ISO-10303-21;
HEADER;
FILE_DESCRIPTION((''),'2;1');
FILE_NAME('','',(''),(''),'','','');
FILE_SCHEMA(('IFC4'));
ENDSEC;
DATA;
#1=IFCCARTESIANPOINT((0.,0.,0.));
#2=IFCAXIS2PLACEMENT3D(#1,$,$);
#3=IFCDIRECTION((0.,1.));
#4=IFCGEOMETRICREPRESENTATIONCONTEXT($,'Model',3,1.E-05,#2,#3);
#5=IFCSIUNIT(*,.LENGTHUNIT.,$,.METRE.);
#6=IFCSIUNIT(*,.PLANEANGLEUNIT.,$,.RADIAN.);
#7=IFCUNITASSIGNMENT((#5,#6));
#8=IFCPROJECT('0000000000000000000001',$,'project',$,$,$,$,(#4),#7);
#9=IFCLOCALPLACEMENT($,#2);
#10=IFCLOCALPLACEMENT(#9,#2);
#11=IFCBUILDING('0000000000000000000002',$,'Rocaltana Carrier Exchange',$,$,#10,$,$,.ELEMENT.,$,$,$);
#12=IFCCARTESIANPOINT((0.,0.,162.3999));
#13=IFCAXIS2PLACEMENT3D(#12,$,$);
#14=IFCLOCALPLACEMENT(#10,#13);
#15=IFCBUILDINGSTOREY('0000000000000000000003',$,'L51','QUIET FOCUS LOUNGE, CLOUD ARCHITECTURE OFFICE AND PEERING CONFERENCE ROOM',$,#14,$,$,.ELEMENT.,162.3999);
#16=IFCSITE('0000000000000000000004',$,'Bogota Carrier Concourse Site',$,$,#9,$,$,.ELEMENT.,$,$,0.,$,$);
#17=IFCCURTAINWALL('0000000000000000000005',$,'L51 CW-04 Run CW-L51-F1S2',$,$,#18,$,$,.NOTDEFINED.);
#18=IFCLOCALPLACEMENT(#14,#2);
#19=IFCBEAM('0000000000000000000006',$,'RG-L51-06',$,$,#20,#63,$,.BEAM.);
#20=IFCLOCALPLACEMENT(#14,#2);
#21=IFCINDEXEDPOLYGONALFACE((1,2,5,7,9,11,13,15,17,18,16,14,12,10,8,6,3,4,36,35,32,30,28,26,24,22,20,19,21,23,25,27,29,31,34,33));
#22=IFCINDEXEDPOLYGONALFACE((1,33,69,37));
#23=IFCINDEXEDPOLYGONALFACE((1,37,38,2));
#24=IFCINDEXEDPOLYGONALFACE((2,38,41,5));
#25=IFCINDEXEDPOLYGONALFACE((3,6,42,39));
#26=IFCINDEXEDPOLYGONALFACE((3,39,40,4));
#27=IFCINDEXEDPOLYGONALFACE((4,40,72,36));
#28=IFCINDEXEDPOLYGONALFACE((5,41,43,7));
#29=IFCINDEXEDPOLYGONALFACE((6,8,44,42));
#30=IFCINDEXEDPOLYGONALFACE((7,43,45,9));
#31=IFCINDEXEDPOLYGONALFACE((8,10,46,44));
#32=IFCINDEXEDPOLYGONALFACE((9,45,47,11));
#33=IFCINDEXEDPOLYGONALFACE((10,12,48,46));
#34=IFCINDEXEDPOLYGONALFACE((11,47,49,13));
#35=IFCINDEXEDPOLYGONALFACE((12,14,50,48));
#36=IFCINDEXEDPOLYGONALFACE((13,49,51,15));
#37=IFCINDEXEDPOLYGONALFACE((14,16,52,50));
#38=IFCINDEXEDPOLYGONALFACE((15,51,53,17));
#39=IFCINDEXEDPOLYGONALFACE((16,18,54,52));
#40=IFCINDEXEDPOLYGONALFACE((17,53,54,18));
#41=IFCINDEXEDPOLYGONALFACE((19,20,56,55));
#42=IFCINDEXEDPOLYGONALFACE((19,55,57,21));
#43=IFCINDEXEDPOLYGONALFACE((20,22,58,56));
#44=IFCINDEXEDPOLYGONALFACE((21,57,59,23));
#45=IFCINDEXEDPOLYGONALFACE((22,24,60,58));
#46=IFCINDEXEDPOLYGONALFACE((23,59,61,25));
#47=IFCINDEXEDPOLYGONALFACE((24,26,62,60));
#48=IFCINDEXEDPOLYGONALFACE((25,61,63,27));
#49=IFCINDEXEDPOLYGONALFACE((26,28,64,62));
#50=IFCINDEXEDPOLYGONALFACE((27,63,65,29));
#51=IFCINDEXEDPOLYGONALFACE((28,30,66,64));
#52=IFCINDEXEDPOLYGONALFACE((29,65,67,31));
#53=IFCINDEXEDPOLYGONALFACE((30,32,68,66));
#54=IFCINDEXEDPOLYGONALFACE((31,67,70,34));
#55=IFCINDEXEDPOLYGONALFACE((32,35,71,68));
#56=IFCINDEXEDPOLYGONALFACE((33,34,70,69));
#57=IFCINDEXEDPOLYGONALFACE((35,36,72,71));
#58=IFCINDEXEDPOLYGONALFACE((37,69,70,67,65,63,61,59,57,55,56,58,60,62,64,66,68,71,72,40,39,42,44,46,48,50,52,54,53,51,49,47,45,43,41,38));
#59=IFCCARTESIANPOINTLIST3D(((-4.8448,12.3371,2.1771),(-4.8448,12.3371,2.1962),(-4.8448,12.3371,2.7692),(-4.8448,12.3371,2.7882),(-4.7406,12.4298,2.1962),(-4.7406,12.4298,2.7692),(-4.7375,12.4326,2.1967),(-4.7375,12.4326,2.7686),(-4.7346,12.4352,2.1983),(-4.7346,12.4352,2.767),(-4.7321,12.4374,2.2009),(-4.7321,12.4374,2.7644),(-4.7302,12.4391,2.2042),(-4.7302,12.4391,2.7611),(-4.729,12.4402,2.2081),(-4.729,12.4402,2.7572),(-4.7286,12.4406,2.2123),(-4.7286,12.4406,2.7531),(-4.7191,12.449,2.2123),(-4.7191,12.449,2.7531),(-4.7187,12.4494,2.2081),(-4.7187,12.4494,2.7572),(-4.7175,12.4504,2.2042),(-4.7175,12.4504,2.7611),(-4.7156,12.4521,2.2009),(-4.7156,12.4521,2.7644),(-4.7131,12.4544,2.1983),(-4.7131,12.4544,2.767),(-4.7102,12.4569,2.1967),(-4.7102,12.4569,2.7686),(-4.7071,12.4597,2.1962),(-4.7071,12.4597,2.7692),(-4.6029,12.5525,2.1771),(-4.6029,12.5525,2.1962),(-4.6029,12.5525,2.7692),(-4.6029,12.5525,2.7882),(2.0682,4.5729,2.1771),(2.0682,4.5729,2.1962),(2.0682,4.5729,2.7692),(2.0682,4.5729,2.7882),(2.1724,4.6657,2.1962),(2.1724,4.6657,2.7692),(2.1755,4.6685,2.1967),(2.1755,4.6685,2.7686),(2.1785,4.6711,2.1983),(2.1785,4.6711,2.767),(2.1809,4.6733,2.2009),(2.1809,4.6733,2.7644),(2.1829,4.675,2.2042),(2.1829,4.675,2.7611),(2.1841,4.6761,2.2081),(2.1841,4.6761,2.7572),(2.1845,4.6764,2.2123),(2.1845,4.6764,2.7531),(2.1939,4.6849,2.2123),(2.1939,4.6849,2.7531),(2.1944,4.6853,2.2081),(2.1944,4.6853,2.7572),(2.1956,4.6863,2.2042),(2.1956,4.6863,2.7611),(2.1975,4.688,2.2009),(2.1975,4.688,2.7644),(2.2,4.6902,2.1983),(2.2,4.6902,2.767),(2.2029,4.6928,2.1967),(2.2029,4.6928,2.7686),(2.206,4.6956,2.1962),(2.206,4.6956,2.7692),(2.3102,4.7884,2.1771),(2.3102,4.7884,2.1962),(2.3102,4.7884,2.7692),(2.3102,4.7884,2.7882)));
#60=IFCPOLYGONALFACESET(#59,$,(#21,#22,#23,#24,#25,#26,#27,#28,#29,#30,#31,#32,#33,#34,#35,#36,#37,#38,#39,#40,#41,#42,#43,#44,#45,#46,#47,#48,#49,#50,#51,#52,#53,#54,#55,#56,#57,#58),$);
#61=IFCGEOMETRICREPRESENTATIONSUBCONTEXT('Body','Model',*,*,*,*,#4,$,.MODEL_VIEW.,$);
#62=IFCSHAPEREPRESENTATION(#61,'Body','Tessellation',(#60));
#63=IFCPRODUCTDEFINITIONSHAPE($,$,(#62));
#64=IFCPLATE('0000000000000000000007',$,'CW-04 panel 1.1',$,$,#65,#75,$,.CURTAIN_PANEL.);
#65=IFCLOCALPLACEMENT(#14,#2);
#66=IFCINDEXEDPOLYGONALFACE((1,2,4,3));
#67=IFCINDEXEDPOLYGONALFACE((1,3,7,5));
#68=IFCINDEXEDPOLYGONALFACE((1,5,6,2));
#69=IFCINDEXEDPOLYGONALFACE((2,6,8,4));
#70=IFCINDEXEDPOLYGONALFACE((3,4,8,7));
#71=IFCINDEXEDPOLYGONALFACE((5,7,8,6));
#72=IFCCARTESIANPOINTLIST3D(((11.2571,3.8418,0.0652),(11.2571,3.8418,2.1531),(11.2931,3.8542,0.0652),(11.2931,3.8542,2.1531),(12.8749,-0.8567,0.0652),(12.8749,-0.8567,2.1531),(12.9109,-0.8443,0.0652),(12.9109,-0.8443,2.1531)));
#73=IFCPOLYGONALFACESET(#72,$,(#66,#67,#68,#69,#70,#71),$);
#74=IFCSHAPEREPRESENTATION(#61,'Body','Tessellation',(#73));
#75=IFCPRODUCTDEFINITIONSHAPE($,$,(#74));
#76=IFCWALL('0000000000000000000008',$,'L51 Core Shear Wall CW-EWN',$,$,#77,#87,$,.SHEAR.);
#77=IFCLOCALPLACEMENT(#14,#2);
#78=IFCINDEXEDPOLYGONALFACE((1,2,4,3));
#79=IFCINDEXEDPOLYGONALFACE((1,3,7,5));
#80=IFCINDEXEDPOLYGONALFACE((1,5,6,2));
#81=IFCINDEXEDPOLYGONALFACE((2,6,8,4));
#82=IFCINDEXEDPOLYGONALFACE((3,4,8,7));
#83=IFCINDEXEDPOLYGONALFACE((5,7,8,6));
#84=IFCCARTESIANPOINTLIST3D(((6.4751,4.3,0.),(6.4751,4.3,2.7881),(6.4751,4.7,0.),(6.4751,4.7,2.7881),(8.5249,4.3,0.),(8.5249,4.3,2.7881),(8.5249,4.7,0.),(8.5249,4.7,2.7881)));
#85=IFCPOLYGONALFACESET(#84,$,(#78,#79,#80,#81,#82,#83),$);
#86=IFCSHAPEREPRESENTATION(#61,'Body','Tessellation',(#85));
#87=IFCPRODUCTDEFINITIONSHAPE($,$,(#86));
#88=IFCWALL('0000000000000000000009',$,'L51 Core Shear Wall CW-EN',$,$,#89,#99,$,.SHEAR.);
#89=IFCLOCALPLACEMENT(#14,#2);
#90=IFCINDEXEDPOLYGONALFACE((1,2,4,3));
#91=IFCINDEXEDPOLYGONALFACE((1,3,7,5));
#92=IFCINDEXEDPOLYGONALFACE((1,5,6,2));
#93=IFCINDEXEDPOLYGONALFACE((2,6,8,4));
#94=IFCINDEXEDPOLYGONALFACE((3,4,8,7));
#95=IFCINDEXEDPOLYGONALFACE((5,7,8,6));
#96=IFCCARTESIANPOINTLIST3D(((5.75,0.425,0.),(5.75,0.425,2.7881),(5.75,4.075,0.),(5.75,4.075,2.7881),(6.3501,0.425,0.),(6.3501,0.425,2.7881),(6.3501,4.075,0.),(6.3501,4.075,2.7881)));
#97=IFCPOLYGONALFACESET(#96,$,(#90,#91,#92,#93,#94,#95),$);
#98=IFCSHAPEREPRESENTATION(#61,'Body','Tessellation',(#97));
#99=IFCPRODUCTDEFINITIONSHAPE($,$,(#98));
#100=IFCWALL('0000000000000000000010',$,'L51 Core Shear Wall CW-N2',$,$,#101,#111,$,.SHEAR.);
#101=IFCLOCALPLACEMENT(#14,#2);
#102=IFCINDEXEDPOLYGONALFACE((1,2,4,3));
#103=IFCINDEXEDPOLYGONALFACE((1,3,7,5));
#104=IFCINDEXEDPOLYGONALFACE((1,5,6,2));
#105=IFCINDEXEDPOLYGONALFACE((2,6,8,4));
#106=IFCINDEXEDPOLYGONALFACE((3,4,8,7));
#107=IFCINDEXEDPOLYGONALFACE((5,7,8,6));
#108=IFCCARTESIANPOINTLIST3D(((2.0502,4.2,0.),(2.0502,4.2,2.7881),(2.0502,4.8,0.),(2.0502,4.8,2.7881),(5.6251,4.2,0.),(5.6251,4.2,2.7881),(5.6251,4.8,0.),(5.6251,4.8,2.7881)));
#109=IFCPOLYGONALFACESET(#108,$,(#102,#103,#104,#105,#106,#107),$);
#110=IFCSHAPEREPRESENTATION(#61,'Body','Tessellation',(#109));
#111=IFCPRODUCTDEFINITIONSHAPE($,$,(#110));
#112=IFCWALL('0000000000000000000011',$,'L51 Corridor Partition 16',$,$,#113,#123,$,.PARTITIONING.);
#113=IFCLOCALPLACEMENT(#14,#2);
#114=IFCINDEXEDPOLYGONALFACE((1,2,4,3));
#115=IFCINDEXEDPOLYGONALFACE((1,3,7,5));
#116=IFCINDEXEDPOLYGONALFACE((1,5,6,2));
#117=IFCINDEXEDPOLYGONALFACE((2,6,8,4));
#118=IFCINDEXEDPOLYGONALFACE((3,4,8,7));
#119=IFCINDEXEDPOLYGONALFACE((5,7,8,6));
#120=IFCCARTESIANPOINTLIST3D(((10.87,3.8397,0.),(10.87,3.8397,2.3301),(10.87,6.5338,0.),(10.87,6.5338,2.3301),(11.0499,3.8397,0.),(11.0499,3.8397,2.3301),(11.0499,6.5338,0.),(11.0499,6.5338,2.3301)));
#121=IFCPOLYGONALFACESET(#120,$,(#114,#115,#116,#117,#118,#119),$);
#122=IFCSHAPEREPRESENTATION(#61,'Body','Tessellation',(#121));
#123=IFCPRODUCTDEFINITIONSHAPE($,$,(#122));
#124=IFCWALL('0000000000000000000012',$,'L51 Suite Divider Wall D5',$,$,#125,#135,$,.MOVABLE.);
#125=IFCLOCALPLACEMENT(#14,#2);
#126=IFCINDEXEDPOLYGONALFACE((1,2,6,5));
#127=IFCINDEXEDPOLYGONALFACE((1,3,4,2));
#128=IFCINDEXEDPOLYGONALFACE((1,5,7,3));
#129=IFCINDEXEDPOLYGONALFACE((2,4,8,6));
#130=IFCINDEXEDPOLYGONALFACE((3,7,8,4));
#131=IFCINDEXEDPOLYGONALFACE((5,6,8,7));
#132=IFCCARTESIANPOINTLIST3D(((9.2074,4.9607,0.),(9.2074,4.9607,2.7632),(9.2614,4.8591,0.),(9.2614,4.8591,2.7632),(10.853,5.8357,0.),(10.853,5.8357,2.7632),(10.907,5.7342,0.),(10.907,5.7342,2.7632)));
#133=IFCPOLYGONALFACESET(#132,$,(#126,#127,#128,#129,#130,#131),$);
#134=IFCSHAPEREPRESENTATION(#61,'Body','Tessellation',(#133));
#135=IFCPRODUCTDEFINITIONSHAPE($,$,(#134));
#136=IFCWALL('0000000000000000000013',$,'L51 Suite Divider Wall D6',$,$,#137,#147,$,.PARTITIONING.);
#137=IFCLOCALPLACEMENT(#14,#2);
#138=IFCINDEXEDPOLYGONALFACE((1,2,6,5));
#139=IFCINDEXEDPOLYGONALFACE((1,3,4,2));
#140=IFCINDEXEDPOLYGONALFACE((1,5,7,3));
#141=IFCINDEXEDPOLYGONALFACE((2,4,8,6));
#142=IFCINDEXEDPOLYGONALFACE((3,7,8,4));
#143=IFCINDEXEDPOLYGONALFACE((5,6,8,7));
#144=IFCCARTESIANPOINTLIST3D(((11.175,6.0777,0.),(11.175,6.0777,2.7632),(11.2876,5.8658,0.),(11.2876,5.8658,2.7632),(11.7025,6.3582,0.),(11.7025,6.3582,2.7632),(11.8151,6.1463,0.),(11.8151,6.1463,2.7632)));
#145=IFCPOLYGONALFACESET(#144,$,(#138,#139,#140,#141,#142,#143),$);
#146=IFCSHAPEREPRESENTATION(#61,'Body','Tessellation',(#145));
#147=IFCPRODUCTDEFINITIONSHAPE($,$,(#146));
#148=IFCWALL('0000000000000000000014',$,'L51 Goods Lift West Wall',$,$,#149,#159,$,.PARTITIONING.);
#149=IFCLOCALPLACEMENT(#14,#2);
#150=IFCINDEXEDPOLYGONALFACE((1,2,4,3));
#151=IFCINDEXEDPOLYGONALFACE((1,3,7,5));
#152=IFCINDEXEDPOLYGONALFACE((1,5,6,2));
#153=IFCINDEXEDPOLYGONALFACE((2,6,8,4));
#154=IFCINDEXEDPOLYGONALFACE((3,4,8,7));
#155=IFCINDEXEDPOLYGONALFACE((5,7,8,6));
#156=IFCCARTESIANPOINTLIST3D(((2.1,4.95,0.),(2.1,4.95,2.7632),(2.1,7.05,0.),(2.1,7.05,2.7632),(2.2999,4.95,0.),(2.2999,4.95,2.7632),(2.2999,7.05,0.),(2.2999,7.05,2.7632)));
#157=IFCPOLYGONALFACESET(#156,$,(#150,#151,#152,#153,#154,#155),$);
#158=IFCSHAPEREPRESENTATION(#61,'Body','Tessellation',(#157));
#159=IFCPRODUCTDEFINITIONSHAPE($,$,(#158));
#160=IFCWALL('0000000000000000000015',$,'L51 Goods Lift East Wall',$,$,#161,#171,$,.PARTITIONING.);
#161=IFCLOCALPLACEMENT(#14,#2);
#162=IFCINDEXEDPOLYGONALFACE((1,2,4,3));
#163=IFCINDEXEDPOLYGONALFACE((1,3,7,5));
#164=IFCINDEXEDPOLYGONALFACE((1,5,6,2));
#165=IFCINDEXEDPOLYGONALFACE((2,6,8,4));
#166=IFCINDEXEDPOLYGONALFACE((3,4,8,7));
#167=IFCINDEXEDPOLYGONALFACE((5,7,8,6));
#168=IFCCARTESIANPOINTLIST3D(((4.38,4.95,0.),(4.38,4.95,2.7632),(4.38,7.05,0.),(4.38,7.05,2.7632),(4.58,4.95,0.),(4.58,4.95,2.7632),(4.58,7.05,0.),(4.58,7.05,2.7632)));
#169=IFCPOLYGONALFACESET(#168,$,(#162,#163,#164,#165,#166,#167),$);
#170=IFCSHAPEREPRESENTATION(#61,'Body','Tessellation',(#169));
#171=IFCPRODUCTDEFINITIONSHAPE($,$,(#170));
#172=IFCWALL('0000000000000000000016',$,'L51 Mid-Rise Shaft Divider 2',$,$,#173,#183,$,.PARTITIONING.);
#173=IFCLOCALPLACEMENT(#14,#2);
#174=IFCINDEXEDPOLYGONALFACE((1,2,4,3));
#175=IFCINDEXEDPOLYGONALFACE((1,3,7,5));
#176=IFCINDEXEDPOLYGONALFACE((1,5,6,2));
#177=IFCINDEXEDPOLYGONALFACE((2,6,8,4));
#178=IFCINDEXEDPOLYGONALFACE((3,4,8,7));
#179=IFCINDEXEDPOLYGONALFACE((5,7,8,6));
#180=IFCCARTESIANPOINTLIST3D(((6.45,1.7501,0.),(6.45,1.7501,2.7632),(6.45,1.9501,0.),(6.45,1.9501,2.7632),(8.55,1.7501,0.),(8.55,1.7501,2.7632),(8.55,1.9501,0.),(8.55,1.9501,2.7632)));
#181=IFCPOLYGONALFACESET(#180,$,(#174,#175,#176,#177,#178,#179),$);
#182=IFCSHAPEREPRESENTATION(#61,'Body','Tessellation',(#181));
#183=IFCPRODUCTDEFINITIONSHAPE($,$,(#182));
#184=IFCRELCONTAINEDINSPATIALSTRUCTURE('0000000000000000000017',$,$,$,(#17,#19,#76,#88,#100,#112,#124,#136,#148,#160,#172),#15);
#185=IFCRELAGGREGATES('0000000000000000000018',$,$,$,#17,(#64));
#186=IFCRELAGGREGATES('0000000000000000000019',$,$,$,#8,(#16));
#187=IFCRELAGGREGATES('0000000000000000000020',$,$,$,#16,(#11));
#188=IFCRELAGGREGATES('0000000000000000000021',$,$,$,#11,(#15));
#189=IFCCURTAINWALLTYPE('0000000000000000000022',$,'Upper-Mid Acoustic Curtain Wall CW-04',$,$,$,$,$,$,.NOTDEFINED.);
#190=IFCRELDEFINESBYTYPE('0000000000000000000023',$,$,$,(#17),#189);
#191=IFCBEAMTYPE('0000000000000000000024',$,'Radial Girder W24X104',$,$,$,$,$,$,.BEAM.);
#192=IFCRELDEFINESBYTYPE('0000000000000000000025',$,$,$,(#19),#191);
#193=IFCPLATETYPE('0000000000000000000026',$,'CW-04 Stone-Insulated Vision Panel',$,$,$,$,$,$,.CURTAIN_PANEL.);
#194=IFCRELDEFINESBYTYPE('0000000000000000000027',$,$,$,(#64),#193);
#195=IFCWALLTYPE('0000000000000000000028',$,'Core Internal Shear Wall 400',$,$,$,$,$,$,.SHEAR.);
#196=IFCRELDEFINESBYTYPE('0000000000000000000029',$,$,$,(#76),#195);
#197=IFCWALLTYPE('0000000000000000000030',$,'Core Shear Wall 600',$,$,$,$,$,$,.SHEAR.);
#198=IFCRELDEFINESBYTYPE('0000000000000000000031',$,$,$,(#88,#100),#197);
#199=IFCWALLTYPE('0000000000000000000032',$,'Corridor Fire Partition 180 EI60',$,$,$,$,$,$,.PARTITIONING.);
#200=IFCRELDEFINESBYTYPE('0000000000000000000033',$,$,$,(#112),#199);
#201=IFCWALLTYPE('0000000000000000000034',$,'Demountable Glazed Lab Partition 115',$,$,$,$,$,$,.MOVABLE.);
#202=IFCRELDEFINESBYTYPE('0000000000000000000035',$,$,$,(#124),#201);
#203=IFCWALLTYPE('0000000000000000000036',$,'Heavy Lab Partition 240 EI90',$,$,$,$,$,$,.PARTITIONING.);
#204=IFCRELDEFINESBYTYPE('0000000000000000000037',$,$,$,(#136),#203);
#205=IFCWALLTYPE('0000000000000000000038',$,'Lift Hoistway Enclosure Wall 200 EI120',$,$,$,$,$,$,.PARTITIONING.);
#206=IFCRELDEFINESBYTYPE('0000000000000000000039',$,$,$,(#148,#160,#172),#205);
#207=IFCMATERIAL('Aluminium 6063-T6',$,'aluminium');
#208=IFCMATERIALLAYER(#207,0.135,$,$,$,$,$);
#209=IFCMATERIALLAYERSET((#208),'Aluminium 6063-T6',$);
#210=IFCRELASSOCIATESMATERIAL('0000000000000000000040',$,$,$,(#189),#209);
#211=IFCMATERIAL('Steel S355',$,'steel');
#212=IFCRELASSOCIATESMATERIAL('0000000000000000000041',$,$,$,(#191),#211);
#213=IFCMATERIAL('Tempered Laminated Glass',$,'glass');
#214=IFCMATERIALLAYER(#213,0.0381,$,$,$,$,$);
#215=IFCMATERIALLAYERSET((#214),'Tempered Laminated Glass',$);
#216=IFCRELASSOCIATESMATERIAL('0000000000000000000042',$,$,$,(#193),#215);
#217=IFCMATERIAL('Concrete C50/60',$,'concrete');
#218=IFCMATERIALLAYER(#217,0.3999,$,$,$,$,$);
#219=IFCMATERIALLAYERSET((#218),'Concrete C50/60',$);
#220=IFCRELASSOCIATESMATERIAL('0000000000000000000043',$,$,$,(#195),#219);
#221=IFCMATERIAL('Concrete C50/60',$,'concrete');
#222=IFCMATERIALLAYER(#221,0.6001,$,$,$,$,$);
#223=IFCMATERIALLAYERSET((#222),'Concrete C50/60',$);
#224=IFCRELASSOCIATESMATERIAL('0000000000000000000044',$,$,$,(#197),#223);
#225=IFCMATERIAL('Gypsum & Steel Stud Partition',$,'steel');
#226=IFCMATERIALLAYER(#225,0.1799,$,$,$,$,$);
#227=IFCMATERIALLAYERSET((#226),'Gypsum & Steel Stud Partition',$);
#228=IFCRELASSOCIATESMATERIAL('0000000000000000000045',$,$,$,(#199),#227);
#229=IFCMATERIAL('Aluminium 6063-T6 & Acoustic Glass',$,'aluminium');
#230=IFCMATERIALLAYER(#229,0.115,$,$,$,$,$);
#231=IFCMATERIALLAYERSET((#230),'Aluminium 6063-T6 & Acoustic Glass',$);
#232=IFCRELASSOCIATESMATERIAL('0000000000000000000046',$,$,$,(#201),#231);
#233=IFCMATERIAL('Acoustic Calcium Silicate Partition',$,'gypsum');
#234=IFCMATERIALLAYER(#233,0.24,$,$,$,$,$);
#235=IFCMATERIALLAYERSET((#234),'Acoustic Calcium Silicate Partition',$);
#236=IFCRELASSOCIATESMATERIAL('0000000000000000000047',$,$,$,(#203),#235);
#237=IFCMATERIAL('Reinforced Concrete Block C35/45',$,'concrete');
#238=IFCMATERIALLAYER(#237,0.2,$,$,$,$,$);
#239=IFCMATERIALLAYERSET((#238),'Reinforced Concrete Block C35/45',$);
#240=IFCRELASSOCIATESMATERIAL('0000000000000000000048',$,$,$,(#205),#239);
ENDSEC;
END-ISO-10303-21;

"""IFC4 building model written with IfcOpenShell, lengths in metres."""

from ifc_helpers import new_model, si_unit, direction, frame, frame_2d, origin, origin_2d, place, context, subcontext, project, spatial, rectangle, i_section, extrude, material, layer, layer_set, material_profile, profile_set, type_object, element, aggregate, save


model = new_model("IFC4")

# Units and contexts
model_context = context("Model", 3, precision=1e-05, world=origin(), true_north=direction((0.0, 1.0)))
body_context = subcontext(model_context, "Body", "Model", "MODEL_VIEW")
ifc_project = project(units=[si_unit("LENGTHUNIT", "METRE"), si_unit("PLANEANGLEUNIT", "RADIAN")], contexts=[model_context])

# Site, building, storey
site_placement = place(None, origin())
site = spatial("IfcSite", under=ifc_project, at=site_placement, Name="Bogota Carrier Concourse Site", CompositionType="ELEMENT", RefElevation=0.0)
building_placement = place(site_placement, origin())
building = spatial("IfcBuilding", under=site, at=building_placement, Name="Rocaltana Carrier Exchange", CompositionType="ELEMENT")
storey_placement = place(building_placement, frame((0.0, 0.0, 162.3999)))
storey = spatial("IfcBuildingStorey", under=building, at=storey_placement, Name="L51", Description="QUIET FOCUS LOUNGE, CLOUD ARCHITECTURE OFFICE AND PEERING CONFERENCE ROOM", CompositionType="ELEMENT", Elevation=162.3999)

# Curtain wall
ifc_material_1 = material(Name="Aluminium 6063-T6", Category="aluminium")
ifc_layer_1 = layer(ifc_material_1, 0.135)
ifc_layer_set_1 = layer_set([ifc_layer_1], Name="Aluminium 6063-T6")
curtain_wall_type = type_object("IfcCurtainWallType", Name="Upper-Mid Acoustic Curtain Wall CW-04", PredefinedType="NOTDEFINED", material=ifc_layer_set_1)
curtain_wall_placement = place(storey_placement, origin())
curtain_wall = element("IfcCurtainWall", 1, at=curtain_wall_placement, inside=storey, type_object=curtain_wall_type, Name="L51 CW-04 Run CW-L51-F1S2", PredefinedType="NOTDEFINED")

# Beam
ifc_material_2 = material(Name="Steel S355", Category="steel")
ifc_material_profile_1 = material_profile(ifc_material_2, i_section(OverallWidth=0.324, OverallDepth=0.6111, WebThickness=0.0127, FlangeThickness=0.019, FilletRadius=0.0161, at=origin_2d()), Name="W24X104")
ifc_profile_set_1 = profile_set([ifc_material_profile_1], Name="Steel S355")
beam_type_1 = type_object("IfcBeamType", Name="Radial Girder W24X104", PredefinedType="BEAM", material=ifc_profile_set_1)
beam_1_placement = place(storey_placement, frame((2.1892, 4.6807, 2.4827), z_axis=(-0.664987, 0.746854, 0.0), x_axis=(-0.746854, -0.664987, 0.0)))
element("IfcBeam", 2, at=beam_1_placement, inside=storey, type_object=beam_type_1, Name="RG-L51-06", PredefinedType="BEAM", context=body_context, shape_type="SweptSolid", body=[
    extrude(i_section(OverallWidth=0.324, OverallDepth=0.6111, WebThickness=0.0127, FlangeThickness=0.019, FilletRadius=0.0161, at=origin_2d()), origin(), (0.0, 0.0, 1.0), 10.3958),
])

# Plate
ifc_material_3 = material(Name="Tempered Laminated Glass", Category="glass")
ifc_layer_2 = layer(ifc_material_3, 0.0381)
ifc_layer_set_2 = layer_set([ifc_layer_2], Name="Tempered Laminated Glass")
plate_type = type_object("IfcPlateType", Name="CW-04 Stone-Insulated Vision Panel", PredefinedType="CURTAIN_PANEL", material=ifc_layer_set_2)
plate_placement = place(storey_placement, frame((12.084, 1.4988, 0.0652), z_axis=(0.0, 0.0, 1.0), x_axis=(-0.325562, 0.945521, 0.0)))
plate = element("IfcPlate", 3, at=plate_placement, type_object=plate_type, Name="CW-04 panel 1.1", PredefinedType="CURTAIN_PANEL", context=body_context, shape_type="SweptSolid", body=[
    extrude(rectangle(XDim=4.9692, YDim=0.0381, at=origin_2d()), origin(), (0.0, 0.0, 1.0), 2.0879),
])
aggregate(curtain_wall, [plate])

# Walls
ifc_material_4 = material(Name="Concrete C50/60", Category="concrete")
ifc_layer_3 = layer(ifc_material_4, 0.3999)
ifc_layer_set_3 = layer_set([ifc_layer_3], Name="Concrete C50/60")
wall_type_1 = type_object("IfcWallType", Name="Core Internal Shear Wall 400", PredefinedType="SHEAR", material=ifc_layer_set_3)
wall_1_placement = place(storey_placement, frame((6.4751, 4.5, 0.0), z_axis=(0.0, 0.0, 1.0), x_axis=(1.0, 0.0, 0.0)))
element("IfcWall", 4, at=wall_1_placement, inside=storey, type_object=wall_type_1, Name="L51 Core Shear Wall CW-EWN", PredefinedType="SHEAR", context=body_context, shape_type="SweptSolid", body=[
    extrude(rectangle(XDim=2.0498, YDim=0.3999, at=frame_2d((1.0249, 0.0))), origin(), (0.0, 0.0, 1.0), 2.7881),
])
ifc_material_5 = material(Name="Concrete C50/60", Category="concrete")
ifc_layer_4 = layer(ifc_material_5, 0.6001)
ifc_layer_set_4 = layer_set([ifc_layer_4], Name="Concrete C50/60")
wall_type_2 = type_object("IfcWallType", Name="Core Shear Wall 600", PredefinedType="SHEAR", material=ifc_layer_set_4)
wall_2_placement = place(storey_placement, frame((6.05, 0.425, 0.0), z_axis=(0.0, 0.0, 1.0), x_axis=(0.0, 1.0, 0.0)))
element("IfcWall", 5, at=wall_2_placement, inside=storey, type_object=wall_type_2, Name="L51 Core Shear Wall CW-EN", PredefinedType="SHEAR", context=body_context, shape_type="SweptSolid", body=[
    extrude(rectangle(XDim=3.6499, YDim=0.6001, at=frame_2d((1.825, 0.0))), origin(), (0.0, 0.0, 1.0), 2.7881),
])
wall_3_placement = place(storey_placement, frame((2.05, 4.5, 0.0), z_axis=(0.0, 0.0, 1.0), x_axis=(1.0, 0.0, 0.0)))
element("IfcWall", 6, at=wall_3_placement, inside=storey, type_object=wall_type_2, Name="L51 Core Shear Wall CW-N2", PredefinedType="SHEAR", context=body_context, shape_type="SweptSolid", body=[
    extrude(rectangle(XDim=3.575, YDim=0.6001, at=frame_2d((1.7876, 0.0))), origin(), (0.0, 0.0, 1.0), 2.7881),
])
ifc_material_6 = material(Name="Gypsum & Steel Stud Partition", Category="steel")
ifc_layer_5 = layer(ifc_material_6, 0.1799)
ifc_layer_set_5 = layer_set([ifc_layer_5], Name="Gypsum & Steel Stud Partition")
wall_type_3 = type_object("IfcWallType", Name="Corridor Fire Partition 180 EI60", PredefinedType="PARTITIONING", material=ifc_layer_set_5)
wall_4_placement = place(storey_placement, frame((10.96, 3.8396, 0.0), z_axis=(0.0, 0.0, 1.0), x_axis=(0.0, 1.0, 0.0)))
element("IfcWall", 7, at=wall_4_placement, inside=storey, type_object=wall_type_3, Name="L51 Corridor Partition 16", PredefinedType="PARTITIONING", context=body_context, shape_type="SweptSolid", body=[
    extrude(rectangle(XDim=2.6941, YDim=0.1799, at=frame_2d((1.3472, 0.0))), origin(), (0.0, 0.0, 1.0), 2.3301),
])
ifc_material_7 = material(Name="Aluminium 6063-T6 & Acoustic Glass", Category="aluminium")
ifc_layer_6 = layer(ifc_material_7, 0.115)
ifc_layer_set_6 = layer_set([ifc_layer_6], Name="Aluminium 6063-T6 & Acoustic Glass")
wall_type_4 = type_object("IfcWallType", Name="Demountable Glazed Lab Partition 115", PredefinedType="MOVABLE", material=ifc_layer_set_6)
wall_5_placement = place(storey_placement, frame((9.2344, 4.9099, 0.0), z_axis=(0.0, 0.0, 1.0), x_axis=(0.882932, 0.4695, 0.0)))
element("IfcWall", 8, at=wall_5_placement, inside=storey, type_object=wall_type_4, Name="L51 Suite Divider Wall D5", PredefinedType="MOVABLE", context=body_context, shape_type="SweptSolid", body=[
    extrude(rectangle(XDim=1.8638, YDim=0.115, at=frame_2d((0.9319, 0.0))), origin(), (0.0, 0.0, 1.0), 2.7632),
])
ifc_material_8 = material(Name="Acoustic Calcium Silicate Partition", Category="gypsum")
ifc_layer_7 = layer(ifc_material_8, 0.24)
ifc_layer_set_7 = layer_set([ifc_layer_7], Name="Acoustic Calcium Silicate Partition")
wall_type_5 = type_object("IfcWallType", Name="Heavy Lab Partition 240 EI90", PredefinedType="PARTITIONING", material=ifc_layer_set_7)
wall_6_placement = place(storey_placement, frame((11.2312, 5.9717, 0.0), z_axis=(0.0, 0.0, 1.0), x_axis=(0.882952, 0.469464, 0.0)))
element("IfcWall", 9, at=wall_6_placement, inside=storey, type_object=wall_type_5, Name="L51 Suite Divider Wall D6", PredefinedType="PARTITIONING", context=body_context, shape_type="SweptSolid", body=[
    extrude(rectangle(XDim=0.5974, YDim=0.24, at=frame_2d((0.2988, 0.0))), origin(), (0.0, 0.0, 1.0), 2.7632),
])
ifc_material_9 = material(Name="Reinforced Concrete Block C35/45", Category="concrete")
ifc_layer_8 = layer(ifc_material_9, 0.2)
ifc_layer_set_8 = layer_set([ifc_layer_8], Name="Reinforced Concrete Block C35/45")
wall_type_6 = type_object("IfcWallType", Name="Lift Hoistway Enclosure Wall 200 EI120", PredefinedType="PARTITIONING", material=ifc_layer_set_8)
for number, where, z_axis, x_axis, name in (
    (10, (2.2, 4.95, 0.0), (0.0, 0.0, 1.0), (0.0, 1.0, 0.0), "L51 Goods Lift West Wall"),
    (11, (4.48, 4.95, 0.0), (0.0, 0.0, 1.0), (0.0, 1.0, 0.0), "L51 Goods Lift East Wall"),
    (12, (6.45, 1.8501, 0.0), (0.0, 0.0, 1.0), (1.0, 0.0, 0.0), "L51 Mid-Rise Shaft Divider 2"),
):
    element("IfcWall", number, at=place(storey_placement, frame(where, z_axis=z_axis, x_axis=x_axis)), inside=storey, type_object=wall_type_6, Name=name, PredefinedType="PARTITIONING", context=body_context, shape_type="SweptSolid", body=[
        extrude(rectangle(XDim=2.1001, YDim=0.2, at=frame_2d((1.05, 0.0))), origin(), (0.0, 0.0, 1.0), 2.7632),
    ])

save(model, "model.ifc")
